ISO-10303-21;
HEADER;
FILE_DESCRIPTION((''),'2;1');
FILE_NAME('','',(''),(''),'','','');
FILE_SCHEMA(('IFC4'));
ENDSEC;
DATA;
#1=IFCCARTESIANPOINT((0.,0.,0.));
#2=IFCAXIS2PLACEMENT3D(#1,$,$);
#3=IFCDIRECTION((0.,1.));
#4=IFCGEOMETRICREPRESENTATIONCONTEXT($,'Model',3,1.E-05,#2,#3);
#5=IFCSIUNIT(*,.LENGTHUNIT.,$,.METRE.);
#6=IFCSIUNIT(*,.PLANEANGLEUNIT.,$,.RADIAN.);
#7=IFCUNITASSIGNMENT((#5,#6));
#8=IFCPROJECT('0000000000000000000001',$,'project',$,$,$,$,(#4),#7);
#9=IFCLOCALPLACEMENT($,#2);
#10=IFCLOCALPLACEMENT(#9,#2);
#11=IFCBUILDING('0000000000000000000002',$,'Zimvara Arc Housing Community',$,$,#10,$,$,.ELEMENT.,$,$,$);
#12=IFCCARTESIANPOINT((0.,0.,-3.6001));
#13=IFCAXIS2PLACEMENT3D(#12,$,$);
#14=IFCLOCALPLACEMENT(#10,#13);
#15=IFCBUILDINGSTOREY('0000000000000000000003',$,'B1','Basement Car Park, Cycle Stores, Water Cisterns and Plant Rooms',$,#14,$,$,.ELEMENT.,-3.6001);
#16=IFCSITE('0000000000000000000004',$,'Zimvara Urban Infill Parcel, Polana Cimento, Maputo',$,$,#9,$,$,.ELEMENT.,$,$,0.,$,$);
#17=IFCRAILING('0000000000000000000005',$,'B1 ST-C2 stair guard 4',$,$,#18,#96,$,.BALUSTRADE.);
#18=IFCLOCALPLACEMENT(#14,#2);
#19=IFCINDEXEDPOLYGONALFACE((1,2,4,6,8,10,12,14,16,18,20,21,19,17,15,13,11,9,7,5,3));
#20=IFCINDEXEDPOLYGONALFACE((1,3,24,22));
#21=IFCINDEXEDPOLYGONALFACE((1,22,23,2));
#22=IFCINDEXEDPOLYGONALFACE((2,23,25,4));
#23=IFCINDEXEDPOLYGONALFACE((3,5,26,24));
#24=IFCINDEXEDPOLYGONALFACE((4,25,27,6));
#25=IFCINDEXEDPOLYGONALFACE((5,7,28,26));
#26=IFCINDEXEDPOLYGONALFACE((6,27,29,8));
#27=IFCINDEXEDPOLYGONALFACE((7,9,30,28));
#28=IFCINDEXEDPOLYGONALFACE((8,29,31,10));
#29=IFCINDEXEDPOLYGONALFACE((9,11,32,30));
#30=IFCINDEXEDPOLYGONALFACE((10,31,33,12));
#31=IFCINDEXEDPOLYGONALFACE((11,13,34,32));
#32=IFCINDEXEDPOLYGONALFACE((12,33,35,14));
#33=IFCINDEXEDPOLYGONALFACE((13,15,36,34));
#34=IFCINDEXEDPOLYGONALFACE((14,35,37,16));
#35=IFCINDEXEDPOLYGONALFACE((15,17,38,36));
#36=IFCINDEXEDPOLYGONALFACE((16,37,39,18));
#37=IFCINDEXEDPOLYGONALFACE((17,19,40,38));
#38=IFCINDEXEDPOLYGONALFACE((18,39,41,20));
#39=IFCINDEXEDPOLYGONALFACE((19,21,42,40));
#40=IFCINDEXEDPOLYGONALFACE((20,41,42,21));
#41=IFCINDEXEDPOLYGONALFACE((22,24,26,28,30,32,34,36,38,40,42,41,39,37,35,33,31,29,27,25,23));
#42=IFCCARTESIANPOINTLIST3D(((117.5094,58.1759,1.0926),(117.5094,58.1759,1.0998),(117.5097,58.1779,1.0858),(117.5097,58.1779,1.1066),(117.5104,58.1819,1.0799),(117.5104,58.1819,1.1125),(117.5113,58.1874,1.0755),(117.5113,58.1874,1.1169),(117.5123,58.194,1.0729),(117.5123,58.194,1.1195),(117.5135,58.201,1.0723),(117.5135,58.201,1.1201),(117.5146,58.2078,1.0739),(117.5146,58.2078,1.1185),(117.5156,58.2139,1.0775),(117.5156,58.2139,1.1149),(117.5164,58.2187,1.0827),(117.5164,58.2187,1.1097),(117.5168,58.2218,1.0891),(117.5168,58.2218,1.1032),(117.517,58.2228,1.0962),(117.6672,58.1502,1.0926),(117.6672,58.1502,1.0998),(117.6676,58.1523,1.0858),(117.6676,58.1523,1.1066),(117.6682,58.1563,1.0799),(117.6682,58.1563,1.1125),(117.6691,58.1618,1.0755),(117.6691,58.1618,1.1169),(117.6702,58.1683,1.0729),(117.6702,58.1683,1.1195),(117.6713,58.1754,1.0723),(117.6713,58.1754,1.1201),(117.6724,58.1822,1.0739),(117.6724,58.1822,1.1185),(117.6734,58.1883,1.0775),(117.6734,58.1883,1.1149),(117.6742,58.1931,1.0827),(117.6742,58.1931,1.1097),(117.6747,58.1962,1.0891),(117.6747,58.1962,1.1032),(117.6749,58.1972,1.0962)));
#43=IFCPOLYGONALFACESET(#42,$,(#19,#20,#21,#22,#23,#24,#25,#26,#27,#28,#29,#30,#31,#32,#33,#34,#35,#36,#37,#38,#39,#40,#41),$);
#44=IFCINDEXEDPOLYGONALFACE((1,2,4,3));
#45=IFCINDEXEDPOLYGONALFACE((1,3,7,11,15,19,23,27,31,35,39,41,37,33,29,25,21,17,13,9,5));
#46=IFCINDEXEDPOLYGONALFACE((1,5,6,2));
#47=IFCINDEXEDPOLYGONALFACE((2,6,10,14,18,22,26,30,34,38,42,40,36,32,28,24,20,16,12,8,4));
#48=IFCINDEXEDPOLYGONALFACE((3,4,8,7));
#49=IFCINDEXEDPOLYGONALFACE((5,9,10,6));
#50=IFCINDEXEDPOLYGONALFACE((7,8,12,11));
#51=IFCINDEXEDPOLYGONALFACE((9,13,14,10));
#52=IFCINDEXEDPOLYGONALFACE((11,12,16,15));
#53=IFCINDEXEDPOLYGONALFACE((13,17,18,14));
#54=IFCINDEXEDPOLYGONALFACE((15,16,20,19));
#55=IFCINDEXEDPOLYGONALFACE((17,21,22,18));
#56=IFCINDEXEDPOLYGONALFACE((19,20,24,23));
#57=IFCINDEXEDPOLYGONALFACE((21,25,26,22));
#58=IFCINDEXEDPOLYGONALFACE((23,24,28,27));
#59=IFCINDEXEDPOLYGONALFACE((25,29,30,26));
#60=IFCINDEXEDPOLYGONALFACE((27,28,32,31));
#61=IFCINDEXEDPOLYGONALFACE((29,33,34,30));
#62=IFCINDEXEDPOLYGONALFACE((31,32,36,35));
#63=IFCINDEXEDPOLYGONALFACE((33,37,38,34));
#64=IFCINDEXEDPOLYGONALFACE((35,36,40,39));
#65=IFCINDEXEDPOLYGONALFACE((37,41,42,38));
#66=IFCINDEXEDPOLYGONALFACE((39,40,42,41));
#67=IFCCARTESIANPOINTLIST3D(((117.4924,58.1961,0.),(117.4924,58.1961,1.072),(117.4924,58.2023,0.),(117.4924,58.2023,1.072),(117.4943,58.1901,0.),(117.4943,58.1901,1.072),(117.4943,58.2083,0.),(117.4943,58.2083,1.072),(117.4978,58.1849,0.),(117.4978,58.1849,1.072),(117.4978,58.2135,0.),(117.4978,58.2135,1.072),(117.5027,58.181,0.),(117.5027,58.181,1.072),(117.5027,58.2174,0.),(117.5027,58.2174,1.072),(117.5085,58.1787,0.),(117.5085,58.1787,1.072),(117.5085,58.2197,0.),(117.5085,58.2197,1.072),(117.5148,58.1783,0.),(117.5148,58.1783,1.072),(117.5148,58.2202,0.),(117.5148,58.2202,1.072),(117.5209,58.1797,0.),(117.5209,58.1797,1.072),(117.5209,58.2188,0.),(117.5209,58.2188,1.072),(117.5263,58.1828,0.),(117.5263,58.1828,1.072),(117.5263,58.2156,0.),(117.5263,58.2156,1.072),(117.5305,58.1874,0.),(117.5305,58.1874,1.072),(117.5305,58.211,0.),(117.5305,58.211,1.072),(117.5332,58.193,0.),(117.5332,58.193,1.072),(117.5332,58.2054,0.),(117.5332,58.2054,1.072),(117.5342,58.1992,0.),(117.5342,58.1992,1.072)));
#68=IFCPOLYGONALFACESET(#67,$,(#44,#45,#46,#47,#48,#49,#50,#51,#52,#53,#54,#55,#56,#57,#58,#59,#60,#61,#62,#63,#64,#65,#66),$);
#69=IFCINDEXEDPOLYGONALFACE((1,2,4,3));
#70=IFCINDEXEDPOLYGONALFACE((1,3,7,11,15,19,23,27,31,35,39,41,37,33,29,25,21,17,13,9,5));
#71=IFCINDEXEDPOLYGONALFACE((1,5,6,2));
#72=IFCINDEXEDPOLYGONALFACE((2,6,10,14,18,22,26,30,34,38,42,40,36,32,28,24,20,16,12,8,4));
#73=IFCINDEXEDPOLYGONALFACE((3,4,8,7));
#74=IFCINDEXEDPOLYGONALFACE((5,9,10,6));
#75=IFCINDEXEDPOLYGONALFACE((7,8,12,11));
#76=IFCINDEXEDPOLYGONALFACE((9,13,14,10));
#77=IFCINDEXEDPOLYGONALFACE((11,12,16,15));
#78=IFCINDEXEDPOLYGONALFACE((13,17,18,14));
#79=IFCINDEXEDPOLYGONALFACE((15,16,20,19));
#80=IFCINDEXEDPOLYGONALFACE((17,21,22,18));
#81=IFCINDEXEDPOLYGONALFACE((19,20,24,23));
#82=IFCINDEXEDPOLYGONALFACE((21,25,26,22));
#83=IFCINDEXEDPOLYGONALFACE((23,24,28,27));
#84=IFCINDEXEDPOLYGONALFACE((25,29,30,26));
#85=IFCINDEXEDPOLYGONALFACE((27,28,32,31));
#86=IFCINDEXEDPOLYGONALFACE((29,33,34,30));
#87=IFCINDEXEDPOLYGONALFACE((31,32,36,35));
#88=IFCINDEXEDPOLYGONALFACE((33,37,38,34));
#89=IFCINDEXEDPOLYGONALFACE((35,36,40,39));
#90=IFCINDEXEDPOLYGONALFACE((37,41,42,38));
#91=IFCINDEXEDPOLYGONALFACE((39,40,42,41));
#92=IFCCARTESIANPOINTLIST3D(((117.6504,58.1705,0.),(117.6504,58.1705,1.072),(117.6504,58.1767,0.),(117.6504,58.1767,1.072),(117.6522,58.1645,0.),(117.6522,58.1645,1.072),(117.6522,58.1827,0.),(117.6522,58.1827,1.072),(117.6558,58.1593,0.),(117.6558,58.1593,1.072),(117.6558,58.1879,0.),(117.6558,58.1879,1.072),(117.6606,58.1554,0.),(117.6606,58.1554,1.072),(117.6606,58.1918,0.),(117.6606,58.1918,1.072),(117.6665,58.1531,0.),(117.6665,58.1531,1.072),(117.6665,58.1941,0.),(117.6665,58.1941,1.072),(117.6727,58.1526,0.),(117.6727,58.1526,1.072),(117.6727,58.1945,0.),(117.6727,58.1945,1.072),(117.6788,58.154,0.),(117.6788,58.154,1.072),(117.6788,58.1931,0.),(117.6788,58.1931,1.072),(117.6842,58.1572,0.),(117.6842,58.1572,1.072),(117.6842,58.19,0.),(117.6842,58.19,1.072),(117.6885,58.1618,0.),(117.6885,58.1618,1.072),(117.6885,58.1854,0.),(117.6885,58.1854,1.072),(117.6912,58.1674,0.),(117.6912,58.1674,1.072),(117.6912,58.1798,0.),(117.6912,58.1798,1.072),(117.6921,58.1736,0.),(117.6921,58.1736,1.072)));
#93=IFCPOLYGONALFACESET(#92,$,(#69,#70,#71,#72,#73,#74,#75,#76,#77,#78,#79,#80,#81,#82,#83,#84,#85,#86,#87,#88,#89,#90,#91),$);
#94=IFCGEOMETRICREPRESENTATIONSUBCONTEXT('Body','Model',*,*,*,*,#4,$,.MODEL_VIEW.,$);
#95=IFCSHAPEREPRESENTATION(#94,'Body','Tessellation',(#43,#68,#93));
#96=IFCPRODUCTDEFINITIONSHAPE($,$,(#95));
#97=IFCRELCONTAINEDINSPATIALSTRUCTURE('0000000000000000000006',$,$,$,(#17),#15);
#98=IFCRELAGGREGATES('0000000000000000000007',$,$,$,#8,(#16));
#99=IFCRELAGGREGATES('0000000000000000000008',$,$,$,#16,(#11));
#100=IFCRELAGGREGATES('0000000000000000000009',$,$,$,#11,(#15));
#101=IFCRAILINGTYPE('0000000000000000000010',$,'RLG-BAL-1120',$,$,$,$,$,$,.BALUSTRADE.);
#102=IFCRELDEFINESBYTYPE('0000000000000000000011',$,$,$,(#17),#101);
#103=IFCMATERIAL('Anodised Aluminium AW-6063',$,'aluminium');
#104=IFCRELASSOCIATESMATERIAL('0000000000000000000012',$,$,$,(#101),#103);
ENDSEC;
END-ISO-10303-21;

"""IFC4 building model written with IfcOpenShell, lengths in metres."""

from ifc_helpers import new_model, si_unit, direction, frame, origin, origin_2d, place, context, subcontext, project, spatial, circle, extrude, material, type_object, element, save


model = new_model("IFC4")

# Units and contexts
model_context = context("Model", 3, precision=1e-05, world=origin(), true_north=direction((0.0, 1.0)))
body_context = subcontext(model_context, "Body", "Model", "MODEL_VIEW")
ifc_project = project(units=[si_unit("LENGTHUNIT", "METRE"), si_unit("PLANEANGLEUNIT", "RADIAN")], contexts=[model_context])

# Site, building, storey
site_placement = place(None, origin())
site = spatial("IfcSite", under=ifc_project, at=site_placement, Name="Zimvara Urban Infill Parcel, Polana Cimento, Maputo", CompositionType="ELEMENT", RefElevation=0.0)
building_placement = place(site_placement, origin())
building = spatial("IfcBuilding", under=site, at=building_placement, Name="Zimvara Arc Housing Community", CompositionType="ELEMENT")
storey_placement = place(building_placement, frame((0.0, 0.0, -3.6001)))
storey = spatial("IfcBuildingStorey", under=building, at=storey_placement, Name="B1", Description="Basement Car Park, Cycle Stores, Water Cisterns and Plant Rooms", CompositionType="ELEMENT", Elevation=-3.6001)

# Railing
ifc_material_1 = material(Name="Anodised Aluminium AW-6063", Category="aluminium")
railing_type_1 = type_object("IfcRailingType", Name="RLG-BAL-1120", PredefinedType="BALUSTRADE", material=ifc_material_1)
railing_1_placement = place(storey_placement, frame((117.5132, 58.1992, 0.0)))
element("IfcRailing", 1, at=railing_1_placement, inside=storey, type_object=railing_type_1, Name="B1 ST-C2 stair guard 4", PredefinedType="BALUSTRADE", context=body_context, shape_type="SweptSolid", body=[
    extrude(circle(Radius=0.0239, at=origin_2d()), frame((0.0, 0.0, 1.0962), z_axis=(0.987086, -0.160192, 0.0), x_axis=(0.160192, 0.987086, 0.0)), (0.0, 0.0, 1.0), 0.1599),
    extrude(circle(Radius=0.021, at=origin_2d()), origin(), (0.0, 0.0, 1.0), 1.072),
    extrude(circle(Radius=0.021, at=origin_2d()), frame((0.158, -0.0256, 0.0)), (0.0, 0.0, 1.0), 1.072),
])

save(model, "model.ifc")
